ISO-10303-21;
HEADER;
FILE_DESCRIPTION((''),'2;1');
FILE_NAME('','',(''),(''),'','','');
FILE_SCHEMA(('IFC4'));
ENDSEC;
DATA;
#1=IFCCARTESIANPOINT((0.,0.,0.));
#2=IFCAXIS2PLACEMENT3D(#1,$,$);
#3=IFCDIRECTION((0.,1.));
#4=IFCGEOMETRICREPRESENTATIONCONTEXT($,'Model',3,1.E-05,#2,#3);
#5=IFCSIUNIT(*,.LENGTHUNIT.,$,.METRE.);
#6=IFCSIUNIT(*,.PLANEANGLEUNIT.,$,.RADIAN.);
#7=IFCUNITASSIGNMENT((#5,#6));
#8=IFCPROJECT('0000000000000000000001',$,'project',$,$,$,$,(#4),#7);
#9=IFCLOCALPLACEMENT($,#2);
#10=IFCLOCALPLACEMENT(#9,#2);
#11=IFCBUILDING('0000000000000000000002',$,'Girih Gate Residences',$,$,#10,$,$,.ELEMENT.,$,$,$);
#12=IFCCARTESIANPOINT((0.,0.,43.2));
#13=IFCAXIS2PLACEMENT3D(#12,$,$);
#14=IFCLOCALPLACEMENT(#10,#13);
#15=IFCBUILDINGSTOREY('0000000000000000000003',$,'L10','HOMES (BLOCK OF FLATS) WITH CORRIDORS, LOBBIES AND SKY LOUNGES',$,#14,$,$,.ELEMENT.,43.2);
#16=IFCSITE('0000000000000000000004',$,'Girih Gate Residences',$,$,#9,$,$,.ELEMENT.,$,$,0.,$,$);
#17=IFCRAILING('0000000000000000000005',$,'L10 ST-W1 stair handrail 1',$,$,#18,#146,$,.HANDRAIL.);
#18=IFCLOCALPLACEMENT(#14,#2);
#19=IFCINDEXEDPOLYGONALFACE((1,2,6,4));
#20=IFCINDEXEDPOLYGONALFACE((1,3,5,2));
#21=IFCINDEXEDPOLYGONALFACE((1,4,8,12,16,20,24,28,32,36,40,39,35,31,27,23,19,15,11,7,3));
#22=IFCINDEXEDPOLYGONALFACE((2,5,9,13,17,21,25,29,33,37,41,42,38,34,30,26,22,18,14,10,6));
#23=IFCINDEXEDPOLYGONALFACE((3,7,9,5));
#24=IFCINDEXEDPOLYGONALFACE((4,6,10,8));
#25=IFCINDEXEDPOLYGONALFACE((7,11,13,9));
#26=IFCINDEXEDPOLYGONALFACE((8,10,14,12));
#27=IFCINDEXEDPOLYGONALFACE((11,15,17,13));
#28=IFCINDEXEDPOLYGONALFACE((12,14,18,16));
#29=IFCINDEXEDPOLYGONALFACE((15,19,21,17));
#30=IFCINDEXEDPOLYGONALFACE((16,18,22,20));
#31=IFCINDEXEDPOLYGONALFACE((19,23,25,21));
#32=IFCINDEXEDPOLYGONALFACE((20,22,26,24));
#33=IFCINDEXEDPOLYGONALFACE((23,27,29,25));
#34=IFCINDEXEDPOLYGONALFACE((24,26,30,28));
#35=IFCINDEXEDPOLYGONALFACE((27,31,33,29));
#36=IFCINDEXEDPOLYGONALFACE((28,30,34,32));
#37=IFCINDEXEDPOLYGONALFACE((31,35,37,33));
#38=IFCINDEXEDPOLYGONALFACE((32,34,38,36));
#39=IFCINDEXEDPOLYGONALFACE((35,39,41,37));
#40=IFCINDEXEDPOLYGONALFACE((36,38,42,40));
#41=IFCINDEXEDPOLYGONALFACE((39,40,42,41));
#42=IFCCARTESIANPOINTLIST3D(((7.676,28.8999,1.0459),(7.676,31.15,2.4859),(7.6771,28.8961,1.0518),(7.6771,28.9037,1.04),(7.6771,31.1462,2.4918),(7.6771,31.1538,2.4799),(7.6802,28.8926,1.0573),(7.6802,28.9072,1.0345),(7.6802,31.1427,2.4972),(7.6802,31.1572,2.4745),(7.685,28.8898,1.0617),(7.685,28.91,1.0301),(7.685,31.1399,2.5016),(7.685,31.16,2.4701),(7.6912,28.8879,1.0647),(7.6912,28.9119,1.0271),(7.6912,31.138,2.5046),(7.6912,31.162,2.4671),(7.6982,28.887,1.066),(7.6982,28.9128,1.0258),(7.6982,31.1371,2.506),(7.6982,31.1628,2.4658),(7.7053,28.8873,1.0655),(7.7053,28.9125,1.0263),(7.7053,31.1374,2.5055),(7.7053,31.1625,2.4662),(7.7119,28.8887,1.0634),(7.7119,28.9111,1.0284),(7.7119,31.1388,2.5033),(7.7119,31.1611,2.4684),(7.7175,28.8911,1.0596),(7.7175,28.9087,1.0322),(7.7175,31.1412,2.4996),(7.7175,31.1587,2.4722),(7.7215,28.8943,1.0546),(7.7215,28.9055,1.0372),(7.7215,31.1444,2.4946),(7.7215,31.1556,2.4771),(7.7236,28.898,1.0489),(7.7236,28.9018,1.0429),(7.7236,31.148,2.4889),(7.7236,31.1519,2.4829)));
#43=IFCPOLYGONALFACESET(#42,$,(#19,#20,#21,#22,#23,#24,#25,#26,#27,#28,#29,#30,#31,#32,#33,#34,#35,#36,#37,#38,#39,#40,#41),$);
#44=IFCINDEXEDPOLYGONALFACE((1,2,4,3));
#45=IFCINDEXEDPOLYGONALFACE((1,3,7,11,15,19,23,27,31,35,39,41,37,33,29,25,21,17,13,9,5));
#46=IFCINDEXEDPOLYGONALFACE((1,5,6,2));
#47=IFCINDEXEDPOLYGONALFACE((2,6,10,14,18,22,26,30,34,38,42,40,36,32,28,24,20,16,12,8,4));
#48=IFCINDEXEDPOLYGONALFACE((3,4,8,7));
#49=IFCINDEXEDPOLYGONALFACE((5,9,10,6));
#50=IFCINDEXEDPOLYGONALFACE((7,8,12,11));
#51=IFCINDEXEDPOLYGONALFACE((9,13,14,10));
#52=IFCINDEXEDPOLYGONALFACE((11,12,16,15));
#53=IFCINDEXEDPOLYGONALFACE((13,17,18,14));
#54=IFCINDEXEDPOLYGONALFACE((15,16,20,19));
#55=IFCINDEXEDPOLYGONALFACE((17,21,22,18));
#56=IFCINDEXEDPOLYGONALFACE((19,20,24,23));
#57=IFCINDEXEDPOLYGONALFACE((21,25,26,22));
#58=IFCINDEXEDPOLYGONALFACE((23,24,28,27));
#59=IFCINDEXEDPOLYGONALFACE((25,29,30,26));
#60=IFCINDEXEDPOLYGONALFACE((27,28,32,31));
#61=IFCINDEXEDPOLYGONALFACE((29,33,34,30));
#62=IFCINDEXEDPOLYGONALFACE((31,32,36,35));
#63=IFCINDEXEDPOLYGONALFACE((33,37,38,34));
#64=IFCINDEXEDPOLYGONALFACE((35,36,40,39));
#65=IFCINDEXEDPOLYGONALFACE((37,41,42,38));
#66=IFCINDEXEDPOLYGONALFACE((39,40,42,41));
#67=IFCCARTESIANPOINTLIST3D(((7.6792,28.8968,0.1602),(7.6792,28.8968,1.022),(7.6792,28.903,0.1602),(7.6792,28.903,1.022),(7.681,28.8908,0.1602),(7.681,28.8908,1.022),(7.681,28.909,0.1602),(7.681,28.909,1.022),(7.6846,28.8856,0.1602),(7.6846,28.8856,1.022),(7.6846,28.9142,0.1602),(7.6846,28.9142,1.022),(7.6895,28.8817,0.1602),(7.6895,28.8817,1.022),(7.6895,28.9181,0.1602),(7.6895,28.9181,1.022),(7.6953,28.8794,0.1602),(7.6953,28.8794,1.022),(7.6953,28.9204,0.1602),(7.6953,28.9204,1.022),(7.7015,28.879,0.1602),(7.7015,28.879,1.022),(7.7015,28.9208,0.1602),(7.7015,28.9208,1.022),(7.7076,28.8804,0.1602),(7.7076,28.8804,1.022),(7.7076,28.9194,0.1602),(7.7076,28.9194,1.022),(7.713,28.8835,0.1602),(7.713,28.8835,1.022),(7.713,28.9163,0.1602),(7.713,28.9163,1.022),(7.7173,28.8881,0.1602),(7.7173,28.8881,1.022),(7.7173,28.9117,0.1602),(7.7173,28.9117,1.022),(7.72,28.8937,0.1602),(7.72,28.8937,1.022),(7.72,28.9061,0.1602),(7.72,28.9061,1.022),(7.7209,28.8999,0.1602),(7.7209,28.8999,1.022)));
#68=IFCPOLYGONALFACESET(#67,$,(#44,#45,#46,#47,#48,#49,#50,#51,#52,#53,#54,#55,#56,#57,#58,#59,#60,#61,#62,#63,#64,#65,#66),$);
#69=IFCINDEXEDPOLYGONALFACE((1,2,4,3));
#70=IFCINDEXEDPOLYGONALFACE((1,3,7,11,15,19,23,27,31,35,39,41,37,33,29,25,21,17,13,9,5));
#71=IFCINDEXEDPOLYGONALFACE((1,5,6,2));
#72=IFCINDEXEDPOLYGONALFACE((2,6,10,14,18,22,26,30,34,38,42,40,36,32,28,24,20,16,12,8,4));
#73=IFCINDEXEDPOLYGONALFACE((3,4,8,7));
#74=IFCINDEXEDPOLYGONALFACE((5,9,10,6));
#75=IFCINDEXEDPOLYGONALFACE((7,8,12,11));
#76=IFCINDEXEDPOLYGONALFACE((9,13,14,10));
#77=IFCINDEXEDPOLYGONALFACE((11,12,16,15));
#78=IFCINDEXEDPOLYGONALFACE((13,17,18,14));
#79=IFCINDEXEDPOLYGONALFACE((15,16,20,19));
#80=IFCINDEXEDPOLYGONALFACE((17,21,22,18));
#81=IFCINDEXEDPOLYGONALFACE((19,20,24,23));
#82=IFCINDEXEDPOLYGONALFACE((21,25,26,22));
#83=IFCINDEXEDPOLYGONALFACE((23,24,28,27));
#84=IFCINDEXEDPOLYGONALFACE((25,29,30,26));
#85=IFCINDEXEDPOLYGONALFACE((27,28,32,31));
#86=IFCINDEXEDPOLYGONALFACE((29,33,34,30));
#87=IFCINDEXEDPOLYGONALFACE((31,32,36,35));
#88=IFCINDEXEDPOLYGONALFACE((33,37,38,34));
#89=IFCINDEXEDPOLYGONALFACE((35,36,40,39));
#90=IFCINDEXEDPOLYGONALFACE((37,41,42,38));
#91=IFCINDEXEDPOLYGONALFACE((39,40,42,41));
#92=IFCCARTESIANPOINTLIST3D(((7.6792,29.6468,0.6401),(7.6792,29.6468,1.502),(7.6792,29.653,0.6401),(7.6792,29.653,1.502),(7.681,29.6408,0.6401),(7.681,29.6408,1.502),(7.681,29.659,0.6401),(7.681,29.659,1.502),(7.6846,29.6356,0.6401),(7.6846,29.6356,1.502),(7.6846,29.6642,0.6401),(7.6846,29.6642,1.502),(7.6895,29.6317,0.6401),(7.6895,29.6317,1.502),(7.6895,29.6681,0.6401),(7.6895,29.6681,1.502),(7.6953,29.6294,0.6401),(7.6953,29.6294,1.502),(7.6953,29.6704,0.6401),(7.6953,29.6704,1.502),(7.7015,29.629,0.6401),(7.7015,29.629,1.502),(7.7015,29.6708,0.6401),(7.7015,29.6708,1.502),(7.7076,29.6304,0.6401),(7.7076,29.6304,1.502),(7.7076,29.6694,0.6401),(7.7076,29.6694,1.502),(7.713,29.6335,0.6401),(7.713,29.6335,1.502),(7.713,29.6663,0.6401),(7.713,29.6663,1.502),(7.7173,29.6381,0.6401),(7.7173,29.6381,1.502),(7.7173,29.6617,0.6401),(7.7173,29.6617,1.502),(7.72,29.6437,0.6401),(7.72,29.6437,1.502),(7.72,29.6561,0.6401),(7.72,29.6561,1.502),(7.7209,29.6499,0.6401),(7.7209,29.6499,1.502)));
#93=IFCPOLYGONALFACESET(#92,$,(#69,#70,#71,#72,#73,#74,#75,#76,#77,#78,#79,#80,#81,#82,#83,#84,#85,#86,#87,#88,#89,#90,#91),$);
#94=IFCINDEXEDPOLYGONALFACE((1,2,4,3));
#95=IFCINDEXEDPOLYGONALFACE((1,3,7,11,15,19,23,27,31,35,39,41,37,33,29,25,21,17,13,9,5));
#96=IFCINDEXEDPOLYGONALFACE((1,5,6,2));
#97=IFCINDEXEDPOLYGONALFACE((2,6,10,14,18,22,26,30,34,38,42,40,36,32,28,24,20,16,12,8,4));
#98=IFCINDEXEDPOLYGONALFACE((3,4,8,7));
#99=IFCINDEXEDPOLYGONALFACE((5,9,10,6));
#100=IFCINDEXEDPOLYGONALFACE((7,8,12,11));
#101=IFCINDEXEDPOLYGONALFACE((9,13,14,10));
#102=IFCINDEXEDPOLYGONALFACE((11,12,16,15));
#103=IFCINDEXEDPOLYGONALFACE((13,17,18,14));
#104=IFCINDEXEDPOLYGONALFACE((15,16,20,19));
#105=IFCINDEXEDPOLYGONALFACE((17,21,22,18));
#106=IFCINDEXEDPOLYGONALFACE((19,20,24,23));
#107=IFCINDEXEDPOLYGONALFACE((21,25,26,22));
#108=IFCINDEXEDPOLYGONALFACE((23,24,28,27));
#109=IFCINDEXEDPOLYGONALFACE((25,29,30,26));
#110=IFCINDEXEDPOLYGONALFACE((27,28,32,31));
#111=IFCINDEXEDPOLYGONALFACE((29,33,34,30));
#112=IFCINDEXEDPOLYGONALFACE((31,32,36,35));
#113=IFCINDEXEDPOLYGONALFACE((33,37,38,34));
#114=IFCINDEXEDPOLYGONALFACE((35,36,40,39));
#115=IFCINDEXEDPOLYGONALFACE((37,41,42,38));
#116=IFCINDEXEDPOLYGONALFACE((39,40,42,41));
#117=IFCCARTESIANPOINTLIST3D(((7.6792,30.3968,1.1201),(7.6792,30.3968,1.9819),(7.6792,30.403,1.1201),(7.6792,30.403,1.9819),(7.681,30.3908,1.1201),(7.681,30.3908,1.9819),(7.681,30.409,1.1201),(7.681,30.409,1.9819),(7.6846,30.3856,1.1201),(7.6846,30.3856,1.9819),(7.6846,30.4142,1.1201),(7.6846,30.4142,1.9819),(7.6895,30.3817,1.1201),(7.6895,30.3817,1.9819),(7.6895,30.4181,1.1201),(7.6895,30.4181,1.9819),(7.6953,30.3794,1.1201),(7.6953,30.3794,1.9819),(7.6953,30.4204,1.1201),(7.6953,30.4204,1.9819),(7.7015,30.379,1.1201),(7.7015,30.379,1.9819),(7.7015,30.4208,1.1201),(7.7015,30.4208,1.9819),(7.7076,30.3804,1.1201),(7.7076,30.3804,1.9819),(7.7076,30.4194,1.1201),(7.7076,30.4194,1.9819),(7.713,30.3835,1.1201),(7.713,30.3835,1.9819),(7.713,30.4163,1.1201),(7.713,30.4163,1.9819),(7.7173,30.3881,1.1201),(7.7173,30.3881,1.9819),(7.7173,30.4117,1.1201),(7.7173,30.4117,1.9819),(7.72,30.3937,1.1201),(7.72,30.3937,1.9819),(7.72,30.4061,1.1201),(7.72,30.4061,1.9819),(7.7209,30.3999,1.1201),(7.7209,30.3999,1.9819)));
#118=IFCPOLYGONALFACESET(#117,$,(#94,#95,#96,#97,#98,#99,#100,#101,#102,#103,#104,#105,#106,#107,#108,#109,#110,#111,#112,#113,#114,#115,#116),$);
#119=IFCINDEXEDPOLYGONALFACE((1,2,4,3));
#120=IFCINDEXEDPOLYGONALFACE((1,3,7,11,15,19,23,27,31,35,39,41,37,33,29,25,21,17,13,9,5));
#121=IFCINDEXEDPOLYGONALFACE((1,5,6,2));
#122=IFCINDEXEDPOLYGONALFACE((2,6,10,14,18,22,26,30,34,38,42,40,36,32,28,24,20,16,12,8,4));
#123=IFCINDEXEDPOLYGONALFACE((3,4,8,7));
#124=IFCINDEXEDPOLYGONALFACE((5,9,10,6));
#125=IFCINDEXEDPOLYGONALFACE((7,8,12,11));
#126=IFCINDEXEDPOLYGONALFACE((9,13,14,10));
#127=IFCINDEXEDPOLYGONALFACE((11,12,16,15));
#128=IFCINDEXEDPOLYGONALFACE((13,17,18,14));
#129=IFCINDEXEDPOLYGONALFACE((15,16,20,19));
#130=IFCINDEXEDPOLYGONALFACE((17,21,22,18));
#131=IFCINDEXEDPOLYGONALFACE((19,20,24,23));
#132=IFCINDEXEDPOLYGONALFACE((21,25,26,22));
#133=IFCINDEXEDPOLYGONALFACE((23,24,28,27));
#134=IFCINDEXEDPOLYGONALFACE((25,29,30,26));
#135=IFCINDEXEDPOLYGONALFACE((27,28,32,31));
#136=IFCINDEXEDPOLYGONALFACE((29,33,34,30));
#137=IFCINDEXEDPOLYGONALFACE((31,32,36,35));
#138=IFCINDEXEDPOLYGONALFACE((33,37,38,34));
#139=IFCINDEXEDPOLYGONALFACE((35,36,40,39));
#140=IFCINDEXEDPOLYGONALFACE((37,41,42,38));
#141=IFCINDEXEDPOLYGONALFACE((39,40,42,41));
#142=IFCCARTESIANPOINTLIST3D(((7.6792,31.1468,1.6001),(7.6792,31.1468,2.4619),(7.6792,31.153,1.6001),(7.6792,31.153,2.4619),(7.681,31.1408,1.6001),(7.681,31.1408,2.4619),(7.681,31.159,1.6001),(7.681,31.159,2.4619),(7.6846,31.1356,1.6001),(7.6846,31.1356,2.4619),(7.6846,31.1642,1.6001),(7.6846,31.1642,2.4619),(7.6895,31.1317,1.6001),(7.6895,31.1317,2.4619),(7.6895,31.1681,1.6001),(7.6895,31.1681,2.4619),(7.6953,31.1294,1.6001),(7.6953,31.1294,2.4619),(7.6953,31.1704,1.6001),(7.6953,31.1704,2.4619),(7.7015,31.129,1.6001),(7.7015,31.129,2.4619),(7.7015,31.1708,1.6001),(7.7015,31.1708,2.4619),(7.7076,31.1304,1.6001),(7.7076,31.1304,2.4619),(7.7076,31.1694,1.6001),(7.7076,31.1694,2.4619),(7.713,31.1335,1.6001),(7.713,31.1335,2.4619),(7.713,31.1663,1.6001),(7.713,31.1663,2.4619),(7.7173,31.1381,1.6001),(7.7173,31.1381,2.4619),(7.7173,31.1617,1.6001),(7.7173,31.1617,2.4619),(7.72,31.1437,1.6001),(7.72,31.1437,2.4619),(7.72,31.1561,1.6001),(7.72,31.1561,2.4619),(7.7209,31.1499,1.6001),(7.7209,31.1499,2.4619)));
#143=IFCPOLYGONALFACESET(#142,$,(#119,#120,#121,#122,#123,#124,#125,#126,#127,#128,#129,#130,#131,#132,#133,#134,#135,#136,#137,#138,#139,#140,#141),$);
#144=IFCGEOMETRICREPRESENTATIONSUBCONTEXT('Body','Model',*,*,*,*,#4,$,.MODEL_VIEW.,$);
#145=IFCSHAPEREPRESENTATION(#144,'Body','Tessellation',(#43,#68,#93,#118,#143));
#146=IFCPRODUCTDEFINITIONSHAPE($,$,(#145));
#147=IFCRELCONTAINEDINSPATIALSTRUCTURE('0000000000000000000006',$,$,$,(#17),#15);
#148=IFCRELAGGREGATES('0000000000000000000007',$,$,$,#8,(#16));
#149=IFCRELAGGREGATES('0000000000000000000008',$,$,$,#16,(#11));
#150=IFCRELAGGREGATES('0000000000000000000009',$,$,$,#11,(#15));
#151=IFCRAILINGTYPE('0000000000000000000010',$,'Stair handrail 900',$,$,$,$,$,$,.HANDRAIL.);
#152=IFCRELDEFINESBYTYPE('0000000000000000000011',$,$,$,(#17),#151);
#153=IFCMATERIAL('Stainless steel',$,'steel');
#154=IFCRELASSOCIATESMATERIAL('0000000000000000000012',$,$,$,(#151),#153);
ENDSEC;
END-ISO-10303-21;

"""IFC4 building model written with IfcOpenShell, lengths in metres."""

from ifc_helpers import new_model, si_unit, direction, frame, origin, origin_2d, place, context, subcontext, project, spatial, circle, extrude, material, type_object, element, save


model = new_model("IFC4")

# Units and contexts
model_context = context("Model", 3, precision=1e-05, world=origin(), true_north=direction((0.0, 1.0)))
body_context = subcontext(model_context, "Body", "Model", "MODEL_VIEW")
ifc_project = project(units=[si_unit("LENGTHUNIT", "METRE"), si_unit("PLANEANGLEUNIT", "RADIAN")], contexts=[model_context])

# Site, building, storey
site_placement = place(None, origin())
site = spatial("IfcSite", under=ifc_project, at=site_placement, Name="Girih Gate Residences", CompositionType="ELEMENT", RefElevation=0.0)
building_placement = place(site_placement, origin())
building = spatial("IfcBuilding", under=site, at=building_placement, Name="Girih Gate Residences", CompositionType="ELEMENT")
storey_placement = place(building_placement, frame((0.0, 0.0, 43.2)))
storey = spatial("IfcBuildingStorey", under=building, at=storey_placement, Name="L10", Description="HOMES (BLOCK OF FLATS) WITH CORRIDORS, LOBBIES AND SKY LOUNGES", CompositionType="ELEMENT", Elevation=43.2)

# Railing
ifc_material_1 = material(Name="Stainless steel", Category="steel")
railing_type_1 = type_object("IfcRailingType", Name="Stair handrail 900", PredefinedType="HANDRAIL", material=ifc_material_1)
railing_1_placement = place(storey_placement, frame((7.7, 28.8999, 0.1602)))
element("IfcRailing", 1, at=railing_1_placement, inside=storey, type_object=railing_type_1, Name="L10 ST-W1 stair handrail 1", PredefinedType="HANDRAIL", context=body_context, shape_type="SweptSolid", body=[
    extrude(circle(Radius=0.0239, at=origin_2d()), frame((0.0, 0.0, 0.8857), z_axis=(0.0, 0.842281, 0.539038), x_axis=(-1.0, 0.0, 0.0)), (0.0, 0.0, 1.0), 2.6714),
    extrude(circle(Radius=0.021, at=origin_2d()), origin(), (0.0, 0.0, 1.0), 0.8618),
    extrude(circle(Radius=0.021, at=origin_2d()), frame((0.0, 0.75, 0.48)), (0.0, 0.0, 1.0), 0.8618),
    extrude(circle(Radius=0.021, at=origin_2d()), frame((0.0, 1.5, 0.96)), (0.0, 0.0, 1.0), 0.8618),
    extrude(circle(Radius=0.021, at=origin_2d()), frame((0.0, 2.25, 1.4399)), (0.0, 0.0, 1.0), 0.8618),
])

save(model, "model.ifc")
